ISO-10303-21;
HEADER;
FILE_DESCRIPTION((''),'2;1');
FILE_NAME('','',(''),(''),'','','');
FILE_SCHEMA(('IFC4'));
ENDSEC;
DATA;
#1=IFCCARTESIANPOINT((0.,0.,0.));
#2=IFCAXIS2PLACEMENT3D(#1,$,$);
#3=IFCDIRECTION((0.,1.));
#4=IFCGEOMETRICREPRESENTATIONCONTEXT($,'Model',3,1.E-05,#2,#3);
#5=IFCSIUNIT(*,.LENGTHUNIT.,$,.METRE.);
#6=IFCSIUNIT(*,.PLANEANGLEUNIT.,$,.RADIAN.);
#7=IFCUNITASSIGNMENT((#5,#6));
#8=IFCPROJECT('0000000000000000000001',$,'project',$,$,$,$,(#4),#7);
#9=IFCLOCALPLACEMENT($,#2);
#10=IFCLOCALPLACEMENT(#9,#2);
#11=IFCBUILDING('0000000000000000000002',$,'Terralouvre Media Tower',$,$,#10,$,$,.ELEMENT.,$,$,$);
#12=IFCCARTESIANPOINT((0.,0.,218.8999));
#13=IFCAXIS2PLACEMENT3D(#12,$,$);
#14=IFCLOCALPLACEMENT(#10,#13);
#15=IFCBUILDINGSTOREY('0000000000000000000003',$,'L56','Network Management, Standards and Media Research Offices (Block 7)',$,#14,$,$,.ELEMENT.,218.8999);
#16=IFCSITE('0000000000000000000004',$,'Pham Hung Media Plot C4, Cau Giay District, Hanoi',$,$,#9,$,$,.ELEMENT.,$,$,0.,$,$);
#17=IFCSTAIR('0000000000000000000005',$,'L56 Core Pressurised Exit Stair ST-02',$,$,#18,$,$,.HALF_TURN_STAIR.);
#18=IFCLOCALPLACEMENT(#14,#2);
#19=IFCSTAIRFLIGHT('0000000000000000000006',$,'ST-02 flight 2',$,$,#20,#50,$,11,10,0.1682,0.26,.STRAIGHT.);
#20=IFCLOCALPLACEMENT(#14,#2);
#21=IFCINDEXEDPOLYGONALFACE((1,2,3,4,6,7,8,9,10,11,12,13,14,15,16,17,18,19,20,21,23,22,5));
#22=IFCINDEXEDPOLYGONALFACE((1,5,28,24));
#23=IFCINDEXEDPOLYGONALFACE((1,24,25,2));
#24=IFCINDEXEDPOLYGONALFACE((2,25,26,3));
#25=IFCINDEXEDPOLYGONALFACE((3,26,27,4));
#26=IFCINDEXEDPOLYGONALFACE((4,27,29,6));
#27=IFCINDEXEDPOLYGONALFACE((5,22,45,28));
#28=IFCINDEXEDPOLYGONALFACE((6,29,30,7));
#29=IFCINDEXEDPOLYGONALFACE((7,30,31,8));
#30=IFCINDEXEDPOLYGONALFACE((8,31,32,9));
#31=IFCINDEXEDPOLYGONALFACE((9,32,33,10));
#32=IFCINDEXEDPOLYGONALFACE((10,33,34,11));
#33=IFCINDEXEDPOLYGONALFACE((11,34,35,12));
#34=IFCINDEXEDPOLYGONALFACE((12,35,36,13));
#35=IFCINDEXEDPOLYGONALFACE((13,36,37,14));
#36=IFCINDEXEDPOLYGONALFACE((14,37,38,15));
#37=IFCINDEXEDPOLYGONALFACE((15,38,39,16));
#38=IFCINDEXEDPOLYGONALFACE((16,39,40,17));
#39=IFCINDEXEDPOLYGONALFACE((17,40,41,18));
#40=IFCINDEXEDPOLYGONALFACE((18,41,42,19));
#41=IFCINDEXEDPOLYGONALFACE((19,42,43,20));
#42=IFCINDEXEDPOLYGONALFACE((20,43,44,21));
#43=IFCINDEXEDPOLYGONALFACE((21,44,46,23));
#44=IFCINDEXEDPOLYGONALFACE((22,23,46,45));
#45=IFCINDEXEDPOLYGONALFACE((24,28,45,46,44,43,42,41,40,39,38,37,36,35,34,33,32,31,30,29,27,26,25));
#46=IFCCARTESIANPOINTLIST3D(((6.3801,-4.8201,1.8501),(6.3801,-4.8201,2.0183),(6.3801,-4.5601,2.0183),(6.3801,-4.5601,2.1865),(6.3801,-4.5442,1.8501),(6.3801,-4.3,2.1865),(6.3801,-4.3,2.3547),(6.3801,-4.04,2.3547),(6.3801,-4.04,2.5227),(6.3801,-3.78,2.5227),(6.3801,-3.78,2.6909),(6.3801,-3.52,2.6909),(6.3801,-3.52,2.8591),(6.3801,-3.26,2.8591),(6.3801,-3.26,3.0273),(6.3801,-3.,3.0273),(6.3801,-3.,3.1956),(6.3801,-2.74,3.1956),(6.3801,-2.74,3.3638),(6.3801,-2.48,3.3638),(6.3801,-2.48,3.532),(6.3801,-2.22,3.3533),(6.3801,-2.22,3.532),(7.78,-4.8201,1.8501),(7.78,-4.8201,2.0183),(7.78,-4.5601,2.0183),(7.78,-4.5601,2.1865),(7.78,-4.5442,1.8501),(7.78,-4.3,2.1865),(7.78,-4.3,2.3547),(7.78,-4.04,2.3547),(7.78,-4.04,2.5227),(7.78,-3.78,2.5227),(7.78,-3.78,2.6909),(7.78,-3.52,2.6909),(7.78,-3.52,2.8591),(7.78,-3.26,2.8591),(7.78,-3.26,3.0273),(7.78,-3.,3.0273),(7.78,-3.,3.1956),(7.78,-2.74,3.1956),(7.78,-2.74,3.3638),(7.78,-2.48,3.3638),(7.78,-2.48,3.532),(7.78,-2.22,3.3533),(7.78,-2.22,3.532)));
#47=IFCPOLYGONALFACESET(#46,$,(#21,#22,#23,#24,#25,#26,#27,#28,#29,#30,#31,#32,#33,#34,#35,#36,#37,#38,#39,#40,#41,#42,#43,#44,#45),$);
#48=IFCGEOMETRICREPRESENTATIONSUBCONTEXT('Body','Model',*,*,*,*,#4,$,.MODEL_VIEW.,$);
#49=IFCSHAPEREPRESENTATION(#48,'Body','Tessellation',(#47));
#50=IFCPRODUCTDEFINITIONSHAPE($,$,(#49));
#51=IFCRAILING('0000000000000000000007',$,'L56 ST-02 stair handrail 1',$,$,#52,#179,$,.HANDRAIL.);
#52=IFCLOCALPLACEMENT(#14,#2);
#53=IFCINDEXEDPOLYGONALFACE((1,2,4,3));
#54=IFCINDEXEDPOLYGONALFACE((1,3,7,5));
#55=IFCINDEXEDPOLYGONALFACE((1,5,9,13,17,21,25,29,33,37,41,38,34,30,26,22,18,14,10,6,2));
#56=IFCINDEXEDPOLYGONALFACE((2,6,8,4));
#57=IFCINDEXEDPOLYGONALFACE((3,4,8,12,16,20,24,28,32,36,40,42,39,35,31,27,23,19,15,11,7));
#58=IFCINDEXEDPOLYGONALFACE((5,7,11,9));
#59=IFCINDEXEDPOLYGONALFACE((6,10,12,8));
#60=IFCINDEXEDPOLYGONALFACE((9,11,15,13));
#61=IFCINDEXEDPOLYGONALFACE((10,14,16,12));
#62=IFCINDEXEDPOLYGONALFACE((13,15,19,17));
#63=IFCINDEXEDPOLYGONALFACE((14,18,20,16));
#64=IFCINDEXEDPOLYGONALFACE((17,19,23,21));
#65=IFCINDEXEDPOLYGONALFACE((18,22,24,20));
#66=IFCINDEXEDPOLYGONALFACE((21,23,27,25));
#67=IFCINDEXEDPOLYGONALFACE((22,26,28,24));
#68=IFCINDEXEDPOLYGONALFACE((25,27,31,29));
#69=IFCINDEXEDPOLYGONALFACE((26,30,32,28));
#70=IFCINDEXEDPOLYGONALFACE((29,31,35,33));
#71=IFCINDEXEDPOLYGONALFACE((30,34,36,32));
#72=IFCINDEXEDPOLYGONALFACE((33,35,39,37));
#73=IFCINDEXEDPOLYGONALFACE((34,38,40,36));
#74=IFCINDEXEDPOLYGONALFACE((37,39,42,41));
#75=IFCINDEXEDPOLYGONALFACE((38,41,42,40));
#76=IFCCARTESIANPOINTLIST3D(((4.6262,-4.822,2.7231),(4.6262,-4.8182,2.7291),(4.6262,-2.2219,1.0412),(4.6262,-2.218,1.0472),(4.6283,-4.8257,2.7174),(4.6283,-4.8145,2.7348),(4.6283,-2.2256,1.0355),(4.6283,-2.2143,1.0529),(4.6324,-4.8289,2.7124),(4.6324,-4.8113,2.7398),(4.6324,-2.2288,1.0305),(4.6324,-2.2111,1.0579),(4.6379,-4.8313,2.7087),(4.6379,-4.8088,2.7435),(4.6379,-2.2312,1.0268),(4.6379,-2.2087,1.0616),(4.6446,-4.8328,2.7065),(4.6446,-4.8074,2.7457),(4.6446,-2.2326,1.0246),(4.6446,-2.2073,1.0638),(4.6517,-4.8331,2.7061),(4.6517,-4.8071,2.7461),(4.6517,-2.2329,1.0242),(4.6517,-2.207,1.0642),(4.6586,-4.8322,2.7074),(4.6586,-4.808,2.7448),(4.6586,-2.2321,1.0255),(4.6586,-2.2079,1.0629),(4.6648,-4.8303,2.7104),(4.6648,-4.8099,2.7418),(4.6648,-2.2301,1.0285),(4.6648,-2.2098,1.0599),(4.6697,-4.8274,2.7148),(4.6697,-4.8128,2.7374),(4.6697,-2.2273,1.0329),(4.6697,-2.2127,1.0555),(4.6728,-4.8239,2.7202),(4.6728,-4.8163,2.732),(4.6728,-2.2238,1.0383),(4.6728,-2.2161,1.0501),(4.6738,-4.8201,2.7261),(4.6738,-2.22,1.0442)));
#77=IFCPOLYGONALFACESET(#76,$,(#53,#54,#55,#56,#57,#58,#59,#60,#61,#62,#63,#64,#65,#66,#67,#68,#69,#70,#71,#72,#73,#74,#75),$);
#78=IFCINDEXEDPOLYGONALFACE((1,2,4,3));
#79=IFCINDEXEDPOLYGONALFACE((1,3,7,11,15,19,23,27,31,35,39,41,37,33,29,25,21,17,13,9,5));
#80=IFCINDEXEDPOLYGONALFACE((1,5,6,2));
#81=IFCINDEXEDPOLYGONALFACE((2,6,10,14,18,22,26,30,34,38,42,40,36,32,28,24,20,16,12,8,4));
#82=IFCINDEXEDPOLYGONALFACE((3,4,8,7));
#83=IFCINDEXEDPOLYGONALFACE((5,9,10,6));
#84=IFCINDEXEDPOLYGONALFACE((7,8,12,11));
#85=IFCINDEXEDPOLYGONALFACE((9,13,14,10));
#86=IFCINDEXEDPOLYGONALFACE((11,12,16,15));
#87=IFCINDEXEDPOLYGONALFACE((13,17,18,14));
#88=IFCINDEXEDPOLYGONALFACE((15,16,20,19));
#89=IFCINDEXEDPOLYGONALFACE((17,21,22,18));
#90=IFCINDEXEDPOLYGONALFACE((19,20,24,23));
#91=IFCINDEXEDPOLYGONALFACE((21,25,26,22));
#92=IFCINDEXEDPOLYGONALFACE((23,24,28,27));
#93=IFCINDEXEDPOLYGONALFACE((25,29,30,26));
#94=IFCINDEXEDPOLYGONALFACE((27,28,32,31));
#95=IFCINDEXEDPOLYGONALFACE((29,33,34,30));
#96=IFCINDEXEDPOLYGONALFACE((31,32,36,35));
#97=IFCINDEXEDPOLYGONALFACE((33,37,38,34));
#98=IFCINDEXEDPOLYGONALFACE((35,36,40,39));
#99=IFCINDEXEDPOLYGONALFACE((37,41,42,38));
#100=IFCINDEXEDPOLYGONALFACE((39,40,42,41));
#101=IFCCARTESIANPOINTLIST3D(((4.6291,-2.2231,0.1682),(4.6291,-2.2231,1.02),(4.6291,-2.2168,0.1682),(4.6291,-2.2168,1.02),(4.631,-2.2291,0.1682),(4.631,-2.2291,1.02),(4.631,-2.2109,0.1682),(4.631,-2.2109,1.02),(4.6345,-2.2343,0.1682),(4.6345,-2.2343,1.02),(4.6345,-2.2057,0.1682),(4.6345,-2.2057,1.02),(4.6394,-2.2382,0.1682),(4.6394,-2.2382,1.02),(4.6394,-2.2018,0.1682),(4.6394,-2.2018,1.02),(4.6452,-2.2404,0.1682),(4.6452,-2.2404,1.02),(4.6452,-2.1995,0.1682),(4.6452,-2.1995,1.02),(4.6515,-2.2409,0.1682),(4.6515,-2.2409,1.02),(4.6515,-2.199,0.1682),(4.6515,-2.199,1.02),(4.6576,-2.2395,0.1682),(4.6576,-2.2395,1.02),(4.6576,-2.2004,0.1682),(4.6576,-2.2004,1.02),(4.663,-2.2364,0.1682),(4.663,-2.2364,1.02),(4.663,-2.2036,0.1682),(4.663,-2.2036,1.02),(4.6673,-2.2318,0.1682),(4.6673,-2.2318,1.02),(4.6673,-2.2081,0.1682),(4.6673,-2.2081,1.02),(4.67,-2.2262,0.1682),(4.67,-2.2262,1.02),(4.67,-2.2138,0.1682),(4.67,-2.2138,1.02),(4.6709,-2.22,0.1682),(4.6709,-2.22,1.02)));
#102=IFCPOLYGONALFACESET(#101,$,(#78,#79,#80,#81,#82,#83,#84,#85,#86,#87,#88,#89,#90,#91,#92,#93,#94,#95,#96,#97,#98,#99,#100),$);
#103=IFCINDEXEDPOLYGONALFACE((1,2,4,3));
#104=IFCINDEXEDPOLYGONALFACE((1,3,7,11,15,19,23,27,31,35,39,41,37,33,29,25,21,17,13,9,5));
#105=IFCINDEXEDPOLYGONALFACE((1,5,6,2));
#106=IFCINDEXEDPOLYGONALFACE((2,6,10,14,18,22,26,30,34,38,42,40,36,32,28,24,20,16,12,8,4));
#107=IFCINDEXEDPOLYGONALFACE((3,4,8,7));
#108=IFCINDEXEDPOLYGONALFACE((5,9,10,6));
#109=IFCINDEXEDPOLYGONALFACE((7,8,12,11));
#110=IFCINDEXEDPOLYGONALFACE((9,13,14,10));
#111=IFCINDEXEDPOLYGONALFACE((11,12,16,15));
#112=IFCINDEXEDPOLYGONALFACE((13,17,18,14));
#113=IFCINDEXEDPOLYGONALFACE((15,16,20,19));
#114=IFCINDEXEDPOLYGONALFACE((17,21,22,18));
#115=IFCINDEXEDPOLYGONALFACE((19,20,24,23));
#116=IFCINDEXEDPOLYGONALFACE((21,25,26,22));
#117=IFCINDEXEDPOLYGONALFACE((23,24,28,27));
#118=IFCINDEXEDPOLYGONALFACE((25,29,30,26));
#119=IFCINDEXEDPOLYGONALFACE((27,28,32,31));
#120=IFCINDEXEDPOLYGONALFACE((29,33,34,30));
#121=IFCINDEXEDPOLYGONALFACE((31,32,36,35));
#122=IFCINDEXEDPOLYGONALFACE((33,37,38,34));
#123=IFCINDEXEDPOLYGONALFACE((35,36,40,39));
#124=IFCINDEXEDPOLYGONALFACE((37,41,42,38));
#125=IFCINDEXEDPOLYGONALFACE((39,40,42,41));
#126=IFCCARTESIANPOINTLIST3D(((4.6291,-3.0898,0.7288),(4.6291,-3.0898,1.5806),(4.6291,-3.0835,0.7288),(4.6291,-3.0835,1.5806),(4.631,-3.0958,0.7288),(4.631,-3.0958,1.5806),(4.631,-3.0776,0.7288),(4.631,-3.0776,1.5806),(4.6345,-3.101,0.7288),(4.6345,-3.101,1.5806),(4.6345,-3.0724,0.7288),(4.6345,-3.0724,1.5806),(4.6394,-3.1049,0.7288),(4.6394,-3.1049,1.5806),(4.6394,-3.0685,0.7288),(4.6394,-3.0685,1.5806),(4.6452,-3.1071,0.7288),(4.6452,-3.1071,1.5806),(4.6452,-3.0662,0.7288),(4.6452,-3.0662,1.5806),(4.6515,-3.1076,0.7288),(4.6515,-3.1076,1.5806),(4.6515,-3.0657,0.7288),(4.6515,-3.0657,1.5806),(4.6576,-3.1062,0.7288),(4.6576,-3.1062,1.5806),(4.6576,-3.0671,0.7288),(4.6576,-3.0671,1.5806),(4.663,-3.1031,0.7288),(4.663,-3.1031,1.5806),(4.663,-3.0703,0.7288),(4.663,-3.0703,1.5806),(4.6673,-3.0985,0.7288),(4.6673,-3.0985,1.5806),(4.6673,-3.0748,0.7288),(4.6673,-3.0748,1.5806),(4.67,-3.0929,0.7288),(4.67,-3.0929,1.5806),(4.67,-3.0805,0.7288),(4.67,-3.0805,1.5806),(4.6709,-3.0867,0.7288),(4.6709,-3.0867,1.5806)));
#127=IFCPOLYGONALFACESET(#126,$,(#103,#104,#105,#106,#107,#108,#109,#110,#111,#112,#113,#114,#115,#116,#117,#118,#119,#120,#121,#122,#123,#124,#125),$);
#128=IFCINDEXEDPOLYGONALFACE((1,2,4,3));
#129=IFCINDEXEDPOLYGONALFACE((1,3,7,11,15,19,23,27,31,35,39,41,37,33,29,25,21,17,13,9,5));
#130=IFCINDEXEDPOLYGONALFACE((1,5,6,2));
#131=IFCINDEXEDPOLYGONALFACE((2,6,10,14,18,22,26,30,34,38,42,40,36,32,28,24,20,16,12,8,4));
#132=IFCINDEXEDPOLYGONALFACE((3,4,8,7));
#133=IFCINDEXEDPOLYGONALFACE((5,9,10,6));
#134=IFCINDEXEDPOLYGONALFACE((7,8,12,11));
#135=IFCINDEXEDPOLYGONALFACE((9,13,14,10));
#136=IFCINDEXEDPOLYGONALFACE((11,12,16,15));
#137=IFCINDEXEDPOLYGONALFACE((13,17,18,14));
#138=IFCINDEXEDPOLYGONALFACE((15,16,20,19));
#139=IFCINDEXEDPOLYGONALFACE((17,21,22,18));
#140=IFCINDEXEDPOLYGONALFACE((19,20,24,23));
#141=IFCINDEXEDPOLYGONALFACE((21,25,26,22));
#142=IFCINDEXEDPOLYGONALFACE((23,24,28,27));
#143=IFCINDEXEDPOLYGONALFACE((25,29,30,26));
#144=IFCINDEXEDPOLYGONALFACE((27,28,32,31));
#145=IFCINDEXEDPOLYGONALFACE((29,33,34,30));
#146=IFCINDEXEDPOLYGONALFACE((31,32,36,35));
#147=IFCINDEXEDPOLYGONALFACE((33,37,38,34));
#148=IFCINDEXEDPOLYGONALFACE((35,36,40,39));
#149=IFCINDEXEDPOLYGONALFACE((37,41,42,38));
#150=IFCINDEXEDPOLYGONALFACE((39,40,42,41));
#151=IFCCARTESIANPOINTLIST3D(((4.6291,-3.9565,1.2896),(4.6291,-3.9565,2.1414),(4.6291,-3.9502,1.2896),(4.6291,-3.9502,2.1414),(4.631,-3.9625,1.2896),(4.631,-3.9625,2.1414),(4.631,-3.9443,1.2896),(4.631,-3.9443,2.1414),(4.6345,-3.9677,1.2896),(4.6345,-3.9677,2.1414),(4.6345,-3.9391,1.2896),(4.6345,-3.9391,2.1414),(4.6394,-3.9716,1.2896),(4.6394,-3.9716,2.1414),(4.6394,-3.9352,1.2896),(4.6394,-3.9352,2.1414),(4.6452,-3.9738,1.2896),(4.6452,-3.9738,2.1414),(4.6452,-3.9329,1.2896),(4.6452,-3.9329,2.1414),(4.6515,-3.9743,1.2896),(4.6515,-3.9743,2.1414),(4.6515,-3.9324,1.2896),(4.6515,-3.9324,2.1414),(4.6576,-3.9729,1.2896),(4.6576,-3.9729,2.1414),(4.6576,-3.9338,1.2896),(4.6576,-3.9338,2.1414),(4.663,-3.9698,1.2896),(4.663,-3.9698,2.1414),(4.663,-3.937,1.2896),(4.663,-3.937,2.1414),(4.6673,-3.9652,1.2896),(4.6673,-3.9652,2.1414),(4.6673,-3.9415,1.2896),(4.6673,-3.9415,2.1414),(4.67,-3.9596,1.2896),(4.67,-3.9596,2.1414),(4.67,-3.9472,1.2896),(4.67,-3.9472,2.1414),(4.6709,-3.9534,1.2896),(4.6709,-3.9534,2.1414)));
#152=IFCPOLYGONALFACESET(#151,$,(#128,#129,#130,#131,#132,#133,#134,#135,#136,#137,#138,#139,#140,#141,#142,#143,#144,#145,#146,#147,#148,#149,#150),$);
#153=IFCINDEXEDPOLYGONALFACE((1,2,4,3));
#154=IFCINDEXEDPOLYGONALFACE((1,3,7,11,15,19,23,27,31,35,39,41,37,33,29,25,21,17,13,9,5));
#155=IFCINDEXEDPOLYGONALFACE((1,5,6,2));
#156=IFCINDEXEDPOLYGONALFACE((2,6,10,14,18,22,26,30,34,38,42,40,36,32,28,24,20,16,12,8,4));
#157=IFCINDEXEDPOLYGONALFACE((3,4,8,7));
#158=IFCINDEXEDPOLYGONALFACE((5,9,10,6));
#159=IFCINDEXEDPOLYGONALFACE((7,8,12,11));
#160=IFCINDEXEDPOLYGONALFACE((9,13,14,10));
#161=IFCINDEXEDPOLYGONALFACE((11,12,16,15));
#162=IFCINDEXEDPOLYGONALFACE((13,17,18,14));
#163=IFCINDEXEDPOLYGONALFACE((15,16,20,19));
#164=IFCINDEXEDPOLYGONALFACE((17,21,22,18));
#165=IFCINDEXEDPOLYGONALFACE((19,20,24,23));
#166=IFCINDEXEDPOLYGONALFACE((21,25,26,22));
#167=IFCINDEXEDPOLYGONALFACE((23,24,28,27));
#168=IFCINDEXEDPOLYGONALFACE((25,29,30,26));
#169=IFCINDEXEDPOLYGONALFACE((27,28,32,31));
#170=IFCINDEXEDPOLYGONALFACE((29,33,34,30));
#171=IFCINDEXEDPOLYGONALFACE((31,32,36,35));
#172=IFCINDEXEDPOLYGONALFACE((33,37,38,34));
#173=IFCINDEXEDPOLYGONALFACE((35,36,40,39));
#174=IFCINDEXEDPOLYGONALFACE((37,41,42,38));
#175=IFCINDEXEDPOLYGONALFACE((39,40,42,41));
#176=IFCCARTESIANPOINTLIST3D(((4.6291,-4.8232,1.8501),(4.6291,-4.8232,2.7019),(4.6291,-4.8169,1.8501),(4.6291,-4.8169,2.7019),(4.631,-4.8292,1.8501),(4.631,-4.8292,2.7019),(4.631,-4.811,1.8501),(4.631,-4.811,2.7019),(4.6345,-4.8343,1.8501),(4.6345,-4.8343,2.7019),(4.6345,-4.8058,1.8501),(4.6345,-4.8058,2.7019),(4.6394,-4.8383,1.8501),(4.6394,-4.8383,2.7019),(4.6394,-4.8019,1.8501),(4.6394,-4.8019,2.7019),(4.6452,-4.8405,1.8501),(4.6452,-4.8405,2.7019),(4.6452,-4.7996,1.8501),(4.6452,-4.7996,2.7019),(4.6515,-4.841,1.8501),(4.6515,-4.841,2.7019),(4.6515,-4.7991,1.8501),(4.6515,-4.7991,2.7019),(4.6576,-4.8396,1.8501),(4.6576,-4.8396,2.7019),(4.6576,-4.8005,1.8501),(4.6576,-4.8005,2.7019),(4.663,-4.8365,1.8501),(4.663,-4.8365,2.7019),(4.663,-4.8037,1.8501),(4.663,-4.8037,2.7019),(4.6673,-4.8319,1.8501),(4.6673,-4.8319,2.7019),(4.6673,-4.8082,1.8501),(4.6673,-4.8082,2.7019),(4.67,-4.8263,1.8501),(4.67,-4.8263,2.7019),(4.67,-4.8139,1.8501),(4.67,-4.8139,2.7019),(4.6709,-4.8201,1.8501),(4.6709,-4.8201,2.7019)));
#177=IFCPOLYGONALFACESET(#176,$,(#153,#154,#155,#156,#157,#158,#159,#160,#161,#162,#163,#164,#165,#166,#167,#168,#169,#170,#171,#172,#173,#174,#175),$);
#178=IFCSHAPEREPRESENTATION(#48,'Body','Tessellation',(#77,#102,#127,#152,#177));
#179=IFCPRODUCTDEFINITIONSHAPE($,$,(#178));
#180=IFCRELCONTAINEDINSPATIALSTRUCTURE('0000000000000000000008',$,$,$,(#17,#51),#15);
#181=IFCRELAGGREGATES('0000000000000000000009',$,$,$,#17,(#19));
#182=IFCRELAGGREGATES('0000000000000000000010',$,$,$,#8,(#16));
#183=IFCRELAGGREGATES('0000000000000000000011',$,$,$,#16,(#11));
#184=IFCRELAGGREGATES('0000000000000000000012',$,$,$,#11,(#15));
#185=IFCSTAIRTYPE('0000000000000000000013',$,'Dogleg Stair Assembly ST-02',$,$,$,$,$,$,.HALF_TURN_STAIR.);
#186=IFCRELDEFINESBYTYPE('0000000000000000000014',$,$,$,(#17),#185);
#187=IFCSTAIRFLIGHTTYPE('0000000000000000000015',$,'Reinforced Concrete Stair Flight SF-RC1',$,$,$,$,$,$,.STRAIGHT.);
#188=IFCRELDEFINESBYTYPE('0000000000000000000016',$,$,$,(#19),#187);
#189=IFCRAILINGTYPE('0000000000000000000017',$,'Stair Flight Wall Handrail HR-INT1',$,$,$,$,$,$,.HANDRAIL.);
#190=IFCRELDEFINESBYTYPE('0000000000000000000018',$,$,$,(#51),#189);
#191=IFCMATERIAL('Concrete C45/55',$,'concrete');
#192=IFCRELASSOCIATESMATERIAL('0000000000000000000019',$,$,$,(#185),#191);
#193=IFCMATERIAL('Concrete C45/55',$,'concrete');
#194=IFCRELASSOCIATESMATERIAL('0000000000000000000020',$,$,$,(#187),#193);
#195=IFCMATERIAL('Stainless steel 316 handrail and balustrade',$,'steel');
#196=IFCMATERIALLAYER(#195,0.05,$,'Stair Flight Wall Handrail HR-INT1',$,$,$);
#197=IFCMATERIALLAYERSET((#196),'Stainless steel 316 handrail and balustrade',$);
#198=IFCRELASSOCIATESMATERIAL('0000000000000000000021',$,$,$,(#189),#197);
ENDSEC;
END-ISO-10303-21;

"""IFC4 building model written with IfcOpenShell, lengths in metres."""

from ifc_helpers import new_model, si_unit, direction, frame, origin, origin_2d, place, context, subcontext, project, spatial, polyline, circle, outline, extrude, material, layer, layer_set, type_object, element, aggregate, save


model = new_model("IFC4")

# Units and contexts
model_context = context("Model", 3, precision=1e-05, world=origin(), true_north=direction((0.0, 1.0)))
body_context = subcontext(model_context, "Body", "Model", "MODEL_VIEW")
ifc_project = project(units=[si_unit("LENGTHUNIT", "METRE"), si_unit("PLANEANGLEUNIT", "RADIAN")], contexts=[model_context])

# Site, building, storey
site_placement = place(None, origin())
site = spatial("IfcSite", under=ifc_project, at=site_placement, Name="Pham Hung Media Plot C4, Cau Giay District, Hanoi", CompositionType="ELEMENT", RefElevation=0.0)
building_placement = place(site_placement, origin())
building = spatial("IfcBuilding", under=site, at=building_placement, Name="Terralouvre Media Tower", CompositionType="ELEMENT")
storey_placement = place(building_placement, frame((0.0, 0.0, 218.8999)))
storey = spatial("IfcBuildingStorey", under=building, at=storey_placement, Name="L56", Description="Network Management, Standards and Media Research Offices (Block 7)", CompositionType="ELEMENT", Elevation=218.8999)

# Stair
ifc_material_1 = material(Name="Concrete C45/55", Category="concrete")
stair_type_1 = type_object("IfcStairType", Name="Dogleg Stair Assembly ST-02", PredefinedType="HALF_TURN_STAIR", material=ifc_material_1)
stair_1_placement = place(storey_placement, origin())
stair_1 = element("IfcStair", 1, at=stair_1_placement, inside=storey, type_object=stair_type_1, Name="L56 Core Pressurised Exit Stair ST-02", PredefinedType="HALF_TURN_STAIR")

# Stair flight
ifc_material_2 = material(Name="Concrete C45/55", Category="concrete")
stair_flight_type = type_object("IfcStairFlightType", Name="Reinforced Concrete Stair Flight SF-RC1", PredefinedType="STRAIGHT", material=ifc_material_2)
stair_flight_1_placement = place(storey_placement, frame((7.0801, -4.8201, 1.8501), z_axis=(0.0, 0.0, 1.0), x_axis=(0.0, 1.0, 0.0)))
stair_flight_1 = element("IfcStairFlight", 2, at=stair_flight_1_placement, type_object=stair_flight_type, Name="ST-02 flight 2", NumberOfRisers=11, NumberOfTreads=10, PredefinedType="STRAIGHT", RiserHeight=0.1682, TreadLength=0.26, context=body_context, shape_type="SweptSolid", body=[
    extrude(outline(polyline([(0.0, 0.0), (0.0, 0.1682), (0.26, 0.1682), (0.26, 0.3364), (0.52, 0.3364), (0.52, 0.5046), (0.78, 0.5046), (0.78, 0.6726), (1.04, 0.6726), (1.04, 0.8408), (1.3, 0.8408), (1.3, 1.009), (1.5601, 1.009), (1.5601, 1.1772), (1.8201, 1.1772), (1.8201, 1.3455), (2.0801, 1.3455), (2.0801, 1.5137), (2.3401, 1.5137), (2.3401, 1.6819), (2.6001, 1.6819), (2.6001, 1.8501), (2.6001, 1.5032), (0.2759, 0.0), (0.0, 0.0)])), frame((0.0, 0.7, 0.0), z_axis=(0.0, -1.0, 0.0), x_axis=(1.0, 0.0, 0.0)), (0.0, 0.0, 1.0), 1.3999),
])
aggregate(stair_1, [stair_flight_1])

# Railing
ifc_material_3 = material(Name="Stainless steel 316 handrail and balustrade", Category="steel")
ifc_layer_1 = layer(ifc_material_3, 0.05, Name="Stair Flight Wall Handrail HR-INT1")
ifc_layer_set_1 = layer_set([ifc_layer_1], Name="Stainless steel 316 handrail and balustrade")
railing_type_1 = type_object("IfcRailingType", Name="Stair Flight Wall Handrail HR-INT1", PredefinedType="HANDRAIL", material=ifc_layer_set_1)
railing_1_placement = place(storey_placement, frame((4.6499, -2.22, 0.1682)))
element("IfcRailing", 3, at=railing_1_placement, inside=storey, type_object=railing_type_1, Name="L56 ST-02 stair handrail 1", PredefinedType="HANDRAIL", context=body_context, shape_type="SweptSolid", body=[
    extrude(circle(Radius=0.0239, at=origin_2d()), frame((0.0, 0.0, 0.876), z_axis=(0.0, -0.839648, 0.54313), x_axis=(1.0, 0.0, 0.0)), (0.0, 0.0, 1.0), 3.0967),
    extrude(circle(Radius=0.021, at=origin_2d()), origin(), (0.0, 0.0, 1.0), 0.8518),
    extrude(circle(Radius=0.021, at=origin_2d()), frame((0.0, -0.8667, 0.5605)), (0.0, 0.0, 1.0), 0.8518),
    extrude(circle(Radius=0.021, at=origin_2d()), frame((0.0, -1.7334, 1.1213)), (0.0, 0.0, 1.0), 0.8518),
    extrude(circle(Radius=0.021, at=origin_2d()), frame((0.0, -2.6001, 1.6819)), (0.0, 0.0, 1.0), 0.8518),
])

save(model, "model.ifc")
